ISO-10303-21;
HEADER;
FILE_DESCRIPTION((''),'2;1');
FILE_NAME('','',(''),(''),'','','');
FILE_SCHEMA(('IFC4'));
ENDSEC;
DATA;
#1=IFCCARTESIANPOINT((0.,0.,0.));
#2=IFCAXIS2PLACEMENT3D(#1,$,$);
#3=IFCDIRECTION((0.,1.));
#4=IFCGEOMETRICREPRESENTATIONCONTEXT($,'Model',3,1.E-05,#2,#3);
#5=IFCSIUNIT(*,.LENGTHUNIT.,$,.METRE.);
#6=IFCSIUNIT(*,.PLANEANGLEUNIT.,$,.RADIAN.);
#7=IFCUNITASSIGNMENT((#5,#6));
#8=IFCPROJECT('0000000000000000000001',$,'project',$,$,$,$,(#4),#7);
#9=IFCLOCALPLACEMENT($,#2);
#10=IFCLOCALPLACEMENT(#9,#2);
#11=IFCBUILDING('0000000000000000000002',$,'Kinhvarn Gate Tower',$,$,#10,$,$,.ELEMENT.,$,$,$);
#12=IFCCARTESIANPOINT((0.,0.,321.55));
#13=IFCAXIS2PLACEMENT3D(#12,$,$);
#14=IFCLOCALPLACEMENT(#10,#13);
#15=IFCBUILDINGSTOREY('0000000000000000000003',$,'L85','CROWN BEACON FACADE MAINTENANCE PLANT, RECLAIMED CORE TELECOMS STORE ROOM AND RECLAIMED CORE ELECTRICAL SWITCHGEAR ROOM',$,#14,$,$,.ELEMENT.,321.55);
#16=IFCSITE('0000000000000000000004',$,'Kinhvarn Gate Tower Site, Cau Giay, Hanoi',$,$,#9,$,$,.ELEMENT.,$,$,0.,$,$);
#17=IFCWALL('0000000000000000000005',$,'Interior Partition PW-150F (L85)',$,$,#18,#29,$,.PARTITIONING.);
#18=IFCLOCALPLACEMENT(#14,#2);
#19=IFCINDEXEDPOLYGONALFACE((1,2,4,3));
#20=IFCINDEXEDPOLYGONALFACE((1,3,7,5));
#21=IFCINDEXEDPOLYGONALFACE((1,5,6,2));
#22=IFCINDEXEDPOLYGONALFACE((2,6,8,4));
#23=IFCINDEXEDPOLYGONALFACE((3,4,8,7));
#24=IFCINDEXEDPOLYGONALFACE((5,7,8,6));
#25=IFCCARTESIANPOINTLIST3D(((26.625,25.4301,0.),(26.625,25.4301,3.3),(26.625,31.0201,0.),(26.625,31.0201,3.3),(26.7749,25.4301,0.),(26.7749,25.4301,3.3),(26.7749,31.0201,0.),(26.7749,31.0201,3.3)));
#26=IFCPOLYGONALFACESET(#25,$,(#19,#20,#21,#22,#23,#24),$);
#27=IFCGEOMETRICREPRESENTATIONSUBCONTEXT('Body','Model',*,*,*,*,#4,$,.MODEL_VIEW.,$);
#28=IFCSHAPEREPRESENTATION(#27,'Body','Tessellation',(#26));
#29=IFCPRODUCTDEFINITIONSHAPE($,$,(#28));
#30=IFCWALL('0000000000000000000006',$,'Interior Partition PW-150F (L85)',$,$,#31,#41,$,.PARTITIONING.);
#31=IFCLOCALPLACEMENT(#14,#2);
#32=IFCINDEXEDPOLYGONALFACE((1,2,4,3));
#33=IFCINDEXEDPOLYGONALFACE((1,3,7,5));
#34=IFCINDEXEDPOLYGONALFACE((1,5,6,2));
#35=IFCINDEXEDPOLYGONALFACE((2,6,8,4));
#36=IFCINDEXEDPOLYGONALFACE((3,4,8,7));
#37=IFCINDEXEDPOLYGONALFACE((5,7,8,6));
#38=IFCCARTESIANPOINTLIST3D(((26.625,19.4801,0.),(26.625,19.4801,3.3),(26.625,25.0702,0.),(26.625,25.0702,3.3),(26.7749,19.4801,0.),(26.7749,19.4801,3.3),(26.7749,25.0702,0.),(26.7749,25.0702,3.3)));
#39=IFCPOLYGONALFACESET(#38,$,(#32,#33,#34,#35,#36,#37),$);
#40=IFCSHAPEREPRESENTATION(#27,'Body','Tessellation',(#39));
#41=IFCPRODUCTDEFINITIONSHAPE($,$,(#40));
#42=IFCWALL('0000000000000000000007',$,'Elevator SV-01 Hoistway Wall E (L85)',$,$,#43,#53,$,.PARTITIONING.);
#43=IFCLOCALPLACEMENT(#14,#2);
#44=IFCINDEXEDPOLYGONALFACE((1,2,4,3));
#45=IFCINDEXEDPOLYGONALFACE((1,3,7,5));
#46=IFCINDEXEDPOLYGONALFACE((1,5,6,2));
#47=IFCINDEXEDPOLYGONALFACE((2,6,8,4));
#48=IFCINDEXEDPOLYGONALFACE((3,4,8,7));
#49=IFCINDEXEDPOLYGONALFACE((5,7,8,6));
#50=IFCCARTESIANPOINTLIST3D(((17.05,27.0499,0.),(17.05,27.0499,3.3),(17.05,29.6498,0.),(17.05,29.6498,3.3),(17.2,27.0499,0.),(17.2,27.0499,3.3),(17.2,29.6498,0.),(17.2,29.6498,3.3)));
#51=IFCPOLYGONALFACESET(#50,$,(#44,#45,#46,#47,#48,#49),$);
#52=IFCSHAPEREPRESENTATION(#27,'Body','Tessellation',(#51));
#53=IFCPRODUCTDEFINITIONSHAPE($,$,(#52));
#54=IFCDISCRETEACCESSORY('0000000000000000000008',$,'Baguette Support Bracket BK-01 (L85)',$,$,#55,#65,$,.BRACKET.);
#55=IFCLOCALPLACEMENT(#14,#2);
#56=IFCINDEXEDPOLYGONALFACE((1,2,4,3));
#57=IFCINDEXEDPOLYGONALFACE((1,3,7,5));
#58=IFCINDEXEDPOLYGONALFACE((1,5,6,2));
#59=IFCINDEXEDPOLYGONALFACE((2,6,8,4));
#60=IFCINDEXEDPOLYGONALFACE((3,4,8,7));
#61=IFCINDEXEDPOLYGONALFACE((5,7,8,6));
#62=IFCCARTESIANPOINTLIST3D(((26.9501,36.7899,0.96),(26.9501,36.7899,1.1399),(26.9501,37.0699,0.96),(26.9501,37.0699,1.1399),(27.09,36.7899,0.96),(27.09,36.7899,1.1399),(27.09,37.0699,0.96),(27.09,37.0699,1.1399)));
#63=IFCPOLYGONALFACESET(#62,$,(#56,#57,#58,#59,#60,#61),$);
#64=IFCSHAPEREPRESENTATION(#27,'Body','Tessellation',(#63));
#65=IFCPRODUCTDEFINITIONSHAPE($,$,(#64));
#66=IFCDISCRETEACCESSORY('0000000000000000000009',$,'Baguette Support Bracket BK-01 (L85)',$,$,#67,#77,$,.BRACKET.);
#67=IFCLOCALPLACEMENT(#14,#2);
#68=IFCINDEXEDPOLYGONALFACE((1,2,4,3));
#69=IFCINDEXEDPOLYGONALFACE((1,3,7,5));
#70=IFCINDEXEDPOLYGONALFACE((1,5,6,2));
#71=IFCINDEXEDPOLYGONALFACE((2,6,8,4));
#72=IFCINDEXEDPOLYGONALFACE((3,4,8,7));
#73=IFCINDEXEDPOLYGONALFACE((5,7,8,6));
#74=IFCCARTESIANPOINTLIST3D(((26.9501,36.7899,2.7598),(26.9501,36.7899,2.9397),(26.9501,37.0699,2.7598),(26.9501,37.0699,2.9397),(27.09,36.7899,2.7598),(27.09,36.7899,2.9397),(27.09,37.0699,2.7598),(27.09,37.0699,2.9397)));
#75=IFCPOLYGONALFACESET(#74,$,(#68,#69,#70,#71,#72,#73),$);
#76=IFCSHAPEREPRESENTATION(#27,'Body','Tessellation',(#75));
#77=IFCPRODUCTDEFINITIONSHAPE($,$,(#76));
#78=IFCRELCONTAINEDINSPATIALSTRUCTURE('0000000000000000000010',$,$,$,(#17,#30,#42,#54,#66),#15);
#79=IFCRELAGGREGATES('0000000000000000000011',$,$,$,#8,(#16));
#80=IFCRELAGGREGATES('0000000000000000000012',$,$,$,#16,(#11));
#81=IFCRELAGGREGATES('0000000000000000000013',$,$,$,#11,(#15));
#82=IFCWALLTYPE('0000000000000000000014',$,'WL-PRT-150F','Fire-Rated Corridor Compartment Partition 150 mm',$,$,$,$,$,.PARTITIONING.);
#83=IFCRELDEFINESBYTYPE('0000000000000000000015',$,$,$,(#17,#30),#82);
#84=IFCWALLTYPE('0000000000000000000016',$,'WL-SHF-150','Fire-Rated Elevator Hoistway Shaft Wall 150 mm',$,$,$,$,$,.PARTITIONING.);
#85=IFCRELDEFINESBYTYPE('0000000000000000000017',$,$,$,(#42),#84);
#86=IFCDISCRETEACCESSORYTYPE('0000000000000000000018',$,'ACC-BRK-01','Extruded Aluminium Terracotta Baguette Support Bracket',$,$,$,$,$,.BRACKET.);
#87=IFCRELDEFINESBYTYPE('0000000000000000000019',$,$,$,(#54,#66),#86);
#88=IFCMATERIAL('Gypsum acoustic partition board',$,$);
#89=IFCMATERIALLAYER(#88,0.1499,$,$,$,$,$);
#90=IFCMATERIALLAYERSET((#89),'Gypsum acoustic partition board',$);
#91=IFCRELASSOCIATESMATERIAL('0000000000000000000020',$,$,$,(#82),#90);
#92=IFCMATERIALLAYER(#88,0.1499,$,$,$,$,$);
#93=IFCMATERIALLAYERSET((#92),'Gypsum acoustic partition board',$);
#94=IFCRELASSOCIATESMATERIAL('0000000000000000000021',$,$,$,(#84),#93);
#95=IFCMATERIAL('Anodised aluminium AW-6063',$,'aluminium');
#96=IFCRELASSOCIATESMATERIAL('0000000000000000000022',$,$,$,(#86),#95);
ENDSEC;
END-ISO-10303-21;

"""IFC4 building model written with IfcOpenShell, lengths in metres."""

from ifc_helpers import new_model, si_unit, direction, frame, frame_2d, origin, origin_2d, place, context, subcontext, project, spatial, rectangle, extrude, material, layer, layer_set, type_object, element, save


model = new_model("IFC4")

# Units and contexts
model_context = context("Model", 3, precision=1e-05, world=origin(), true_north=direction((0.0, 1.0)))
body_context = subcontext(model_context, "Body", "Model", "MODEL_VIEW")
ifc_project = project(units=[si_unit("LENGTHUNIT", "METRE"), si_unit("PLANEANGLEUNIT", "RADIAN")], contexts=[model_context])

# Site, building, storey
site_placement = place(None, origin())
site = spatial("IfcSite", under=ifc_project, at=site_placement, Name="Kinhvarn Gate Tower Site, Cau Giay, Hanoi", CompositionType="ELEMENT", RefElevation=0.0)
building_placement = place(site_placement, origin())
building = spatial("IfcBuilding", under=site, at=building_placement, Name="Kinhvarn Gate Tower", CompositionType="ELEMENT")
storey_placement = place(building_placement, frame((0.0, 0.0, 321.55)))
storey = spatial("IfcBuildingStorey", under=building, at=storey_placement, Name="L85", Description="CROWN BEACON FACADE MAINTENANCE PLANT, RECLAIMED CORE TELECOMS STORE ROOM AND RECLAIMED CORE ELECTRICAL SWITCHGEAR ROOM", CompositionType="ELEMENT", Elevation=321.55)

# Shared definitions
ifc_material_1 = material(Name="Anodised aluminium AW-6063", Category="aluminium")

# Shared definitions
ifc_material_2 = material(Name="Gypsum acoustic partition board")
ifc_layer_1 = layer(ifc_material_2, 0.1499)
ifc_layer_set_1 = layer_set([ifc_layer_1], Name="Gypsum acoustic partition board")
wall_type_1 = type_object("IfcWallType", Name="WL-PRT-150F", Description="Fire-Rated Corridor Compartment Partition 150 mm", PredefinedType="PARTITIONING", material=ifc_layer_set_1)

# Walls
for number, where, z_axis, x_axis, name in (
    (1, (26.7, 31.02, 0.0), (0.0, 0.0, 1.0), (0.0, -1.0, 0.0), "Interior Partition PW-150F (L85)"),
    (2, (26.7, 25.0701, 0.0), (0.0, 0.0, 1.0), (0.0, -1.0, 0.0), "Interior Partition PW-150F (L85)"),
):
    element("IfcWall", number, at=place(storey_placement, frame(where, z_axis=z_axis, x_axis=x_axis)), inside=storey, type_object=wall_type_1, Name=name, PredefinedType="PARTITIONING", context=body_context, shape_type="SweptSolid", body=[
        extrude(rectangle(XDim=5.5901, YDim=0.1499, at=frame_2d((2.7949, 0.0))), origin(), (0.0, 0.0, 1.0), 3.3),
    ])
ifc_layer_2 = layer(ifc_material_2, 0.1499)
ifc_layer_set_2 = layer_set([ifc_layer_2], Name="Gypsum acoustic partition board")
wall_type_2 = type_object("IfcWallType", Name="WL-SHF-150", Description="Fire-Rated Elevator Hoistway Shaft Wall 150 mm", PredefinedType="PARTITIONING", material=ifc_layer_set_2)
wall_1_placement = place(storey_placement, frame((17.125, 27.05, 0.0), z_axis=(0.0, 0.0, 1.0), x_axis=(0.0, 1.0, 0.0)))
element("IfcWall", 3, at=wall_1_placement, inside=storey, type_object=wall_type_2, Name="Elevator SV-01 Hoistway Wall E (L85)", PredefinedType="PARTITIONING", context=body_context, shape_type="SweptSolid", body=[
    extrude(rectangle(XDim=2.5999, YDim=0.1499, at=frame_2d((1.2998, 0.0))), origin(), (0.0, 0.0, 1.0), 3.3),
])

# Discrete accessories
discrete_accessory_type = type_object("IfcDiscreteAccessoryType", Name="ACC-BRK-01", Description="Extruded Aluminium Terracotta Baguette Support Bracket", PredefinedType="BRACKET", material=ifc_material_1)
for number, where, z_axis, x_axis, name in (
    (4, (27.02, 36.9299, 0.96), (0.0, 0.0, 1.0), (-1.0, 0.0, 0.0), "Baguette Support Bracket BK-01 (L85)"),
    (5, (27.02, 36.9299, 2.7598), (0.0, 0.0, 1.0), (-1.0, 0.0, 0.0), "Baguette Support Bracket BK-01 (L85)"),
):
    element("IfcDiscreteAccessory", number, at=place(storey_placement, frame(where, z_axis=z_axis, x_axis=x_axis)), inside=storey, type_object=discrete_accessory_type, Name=name, PredefinedType="BRACKET", context=body_context, shape_type="SweptSolid", body=[
        extrude(rectangle(XDim=0.1399, YDim=0.28, at=origin_2d()), origin(), (0.0, 0.0, 1.0), 0.1799),
    ])

save(model, "model.ifc")
